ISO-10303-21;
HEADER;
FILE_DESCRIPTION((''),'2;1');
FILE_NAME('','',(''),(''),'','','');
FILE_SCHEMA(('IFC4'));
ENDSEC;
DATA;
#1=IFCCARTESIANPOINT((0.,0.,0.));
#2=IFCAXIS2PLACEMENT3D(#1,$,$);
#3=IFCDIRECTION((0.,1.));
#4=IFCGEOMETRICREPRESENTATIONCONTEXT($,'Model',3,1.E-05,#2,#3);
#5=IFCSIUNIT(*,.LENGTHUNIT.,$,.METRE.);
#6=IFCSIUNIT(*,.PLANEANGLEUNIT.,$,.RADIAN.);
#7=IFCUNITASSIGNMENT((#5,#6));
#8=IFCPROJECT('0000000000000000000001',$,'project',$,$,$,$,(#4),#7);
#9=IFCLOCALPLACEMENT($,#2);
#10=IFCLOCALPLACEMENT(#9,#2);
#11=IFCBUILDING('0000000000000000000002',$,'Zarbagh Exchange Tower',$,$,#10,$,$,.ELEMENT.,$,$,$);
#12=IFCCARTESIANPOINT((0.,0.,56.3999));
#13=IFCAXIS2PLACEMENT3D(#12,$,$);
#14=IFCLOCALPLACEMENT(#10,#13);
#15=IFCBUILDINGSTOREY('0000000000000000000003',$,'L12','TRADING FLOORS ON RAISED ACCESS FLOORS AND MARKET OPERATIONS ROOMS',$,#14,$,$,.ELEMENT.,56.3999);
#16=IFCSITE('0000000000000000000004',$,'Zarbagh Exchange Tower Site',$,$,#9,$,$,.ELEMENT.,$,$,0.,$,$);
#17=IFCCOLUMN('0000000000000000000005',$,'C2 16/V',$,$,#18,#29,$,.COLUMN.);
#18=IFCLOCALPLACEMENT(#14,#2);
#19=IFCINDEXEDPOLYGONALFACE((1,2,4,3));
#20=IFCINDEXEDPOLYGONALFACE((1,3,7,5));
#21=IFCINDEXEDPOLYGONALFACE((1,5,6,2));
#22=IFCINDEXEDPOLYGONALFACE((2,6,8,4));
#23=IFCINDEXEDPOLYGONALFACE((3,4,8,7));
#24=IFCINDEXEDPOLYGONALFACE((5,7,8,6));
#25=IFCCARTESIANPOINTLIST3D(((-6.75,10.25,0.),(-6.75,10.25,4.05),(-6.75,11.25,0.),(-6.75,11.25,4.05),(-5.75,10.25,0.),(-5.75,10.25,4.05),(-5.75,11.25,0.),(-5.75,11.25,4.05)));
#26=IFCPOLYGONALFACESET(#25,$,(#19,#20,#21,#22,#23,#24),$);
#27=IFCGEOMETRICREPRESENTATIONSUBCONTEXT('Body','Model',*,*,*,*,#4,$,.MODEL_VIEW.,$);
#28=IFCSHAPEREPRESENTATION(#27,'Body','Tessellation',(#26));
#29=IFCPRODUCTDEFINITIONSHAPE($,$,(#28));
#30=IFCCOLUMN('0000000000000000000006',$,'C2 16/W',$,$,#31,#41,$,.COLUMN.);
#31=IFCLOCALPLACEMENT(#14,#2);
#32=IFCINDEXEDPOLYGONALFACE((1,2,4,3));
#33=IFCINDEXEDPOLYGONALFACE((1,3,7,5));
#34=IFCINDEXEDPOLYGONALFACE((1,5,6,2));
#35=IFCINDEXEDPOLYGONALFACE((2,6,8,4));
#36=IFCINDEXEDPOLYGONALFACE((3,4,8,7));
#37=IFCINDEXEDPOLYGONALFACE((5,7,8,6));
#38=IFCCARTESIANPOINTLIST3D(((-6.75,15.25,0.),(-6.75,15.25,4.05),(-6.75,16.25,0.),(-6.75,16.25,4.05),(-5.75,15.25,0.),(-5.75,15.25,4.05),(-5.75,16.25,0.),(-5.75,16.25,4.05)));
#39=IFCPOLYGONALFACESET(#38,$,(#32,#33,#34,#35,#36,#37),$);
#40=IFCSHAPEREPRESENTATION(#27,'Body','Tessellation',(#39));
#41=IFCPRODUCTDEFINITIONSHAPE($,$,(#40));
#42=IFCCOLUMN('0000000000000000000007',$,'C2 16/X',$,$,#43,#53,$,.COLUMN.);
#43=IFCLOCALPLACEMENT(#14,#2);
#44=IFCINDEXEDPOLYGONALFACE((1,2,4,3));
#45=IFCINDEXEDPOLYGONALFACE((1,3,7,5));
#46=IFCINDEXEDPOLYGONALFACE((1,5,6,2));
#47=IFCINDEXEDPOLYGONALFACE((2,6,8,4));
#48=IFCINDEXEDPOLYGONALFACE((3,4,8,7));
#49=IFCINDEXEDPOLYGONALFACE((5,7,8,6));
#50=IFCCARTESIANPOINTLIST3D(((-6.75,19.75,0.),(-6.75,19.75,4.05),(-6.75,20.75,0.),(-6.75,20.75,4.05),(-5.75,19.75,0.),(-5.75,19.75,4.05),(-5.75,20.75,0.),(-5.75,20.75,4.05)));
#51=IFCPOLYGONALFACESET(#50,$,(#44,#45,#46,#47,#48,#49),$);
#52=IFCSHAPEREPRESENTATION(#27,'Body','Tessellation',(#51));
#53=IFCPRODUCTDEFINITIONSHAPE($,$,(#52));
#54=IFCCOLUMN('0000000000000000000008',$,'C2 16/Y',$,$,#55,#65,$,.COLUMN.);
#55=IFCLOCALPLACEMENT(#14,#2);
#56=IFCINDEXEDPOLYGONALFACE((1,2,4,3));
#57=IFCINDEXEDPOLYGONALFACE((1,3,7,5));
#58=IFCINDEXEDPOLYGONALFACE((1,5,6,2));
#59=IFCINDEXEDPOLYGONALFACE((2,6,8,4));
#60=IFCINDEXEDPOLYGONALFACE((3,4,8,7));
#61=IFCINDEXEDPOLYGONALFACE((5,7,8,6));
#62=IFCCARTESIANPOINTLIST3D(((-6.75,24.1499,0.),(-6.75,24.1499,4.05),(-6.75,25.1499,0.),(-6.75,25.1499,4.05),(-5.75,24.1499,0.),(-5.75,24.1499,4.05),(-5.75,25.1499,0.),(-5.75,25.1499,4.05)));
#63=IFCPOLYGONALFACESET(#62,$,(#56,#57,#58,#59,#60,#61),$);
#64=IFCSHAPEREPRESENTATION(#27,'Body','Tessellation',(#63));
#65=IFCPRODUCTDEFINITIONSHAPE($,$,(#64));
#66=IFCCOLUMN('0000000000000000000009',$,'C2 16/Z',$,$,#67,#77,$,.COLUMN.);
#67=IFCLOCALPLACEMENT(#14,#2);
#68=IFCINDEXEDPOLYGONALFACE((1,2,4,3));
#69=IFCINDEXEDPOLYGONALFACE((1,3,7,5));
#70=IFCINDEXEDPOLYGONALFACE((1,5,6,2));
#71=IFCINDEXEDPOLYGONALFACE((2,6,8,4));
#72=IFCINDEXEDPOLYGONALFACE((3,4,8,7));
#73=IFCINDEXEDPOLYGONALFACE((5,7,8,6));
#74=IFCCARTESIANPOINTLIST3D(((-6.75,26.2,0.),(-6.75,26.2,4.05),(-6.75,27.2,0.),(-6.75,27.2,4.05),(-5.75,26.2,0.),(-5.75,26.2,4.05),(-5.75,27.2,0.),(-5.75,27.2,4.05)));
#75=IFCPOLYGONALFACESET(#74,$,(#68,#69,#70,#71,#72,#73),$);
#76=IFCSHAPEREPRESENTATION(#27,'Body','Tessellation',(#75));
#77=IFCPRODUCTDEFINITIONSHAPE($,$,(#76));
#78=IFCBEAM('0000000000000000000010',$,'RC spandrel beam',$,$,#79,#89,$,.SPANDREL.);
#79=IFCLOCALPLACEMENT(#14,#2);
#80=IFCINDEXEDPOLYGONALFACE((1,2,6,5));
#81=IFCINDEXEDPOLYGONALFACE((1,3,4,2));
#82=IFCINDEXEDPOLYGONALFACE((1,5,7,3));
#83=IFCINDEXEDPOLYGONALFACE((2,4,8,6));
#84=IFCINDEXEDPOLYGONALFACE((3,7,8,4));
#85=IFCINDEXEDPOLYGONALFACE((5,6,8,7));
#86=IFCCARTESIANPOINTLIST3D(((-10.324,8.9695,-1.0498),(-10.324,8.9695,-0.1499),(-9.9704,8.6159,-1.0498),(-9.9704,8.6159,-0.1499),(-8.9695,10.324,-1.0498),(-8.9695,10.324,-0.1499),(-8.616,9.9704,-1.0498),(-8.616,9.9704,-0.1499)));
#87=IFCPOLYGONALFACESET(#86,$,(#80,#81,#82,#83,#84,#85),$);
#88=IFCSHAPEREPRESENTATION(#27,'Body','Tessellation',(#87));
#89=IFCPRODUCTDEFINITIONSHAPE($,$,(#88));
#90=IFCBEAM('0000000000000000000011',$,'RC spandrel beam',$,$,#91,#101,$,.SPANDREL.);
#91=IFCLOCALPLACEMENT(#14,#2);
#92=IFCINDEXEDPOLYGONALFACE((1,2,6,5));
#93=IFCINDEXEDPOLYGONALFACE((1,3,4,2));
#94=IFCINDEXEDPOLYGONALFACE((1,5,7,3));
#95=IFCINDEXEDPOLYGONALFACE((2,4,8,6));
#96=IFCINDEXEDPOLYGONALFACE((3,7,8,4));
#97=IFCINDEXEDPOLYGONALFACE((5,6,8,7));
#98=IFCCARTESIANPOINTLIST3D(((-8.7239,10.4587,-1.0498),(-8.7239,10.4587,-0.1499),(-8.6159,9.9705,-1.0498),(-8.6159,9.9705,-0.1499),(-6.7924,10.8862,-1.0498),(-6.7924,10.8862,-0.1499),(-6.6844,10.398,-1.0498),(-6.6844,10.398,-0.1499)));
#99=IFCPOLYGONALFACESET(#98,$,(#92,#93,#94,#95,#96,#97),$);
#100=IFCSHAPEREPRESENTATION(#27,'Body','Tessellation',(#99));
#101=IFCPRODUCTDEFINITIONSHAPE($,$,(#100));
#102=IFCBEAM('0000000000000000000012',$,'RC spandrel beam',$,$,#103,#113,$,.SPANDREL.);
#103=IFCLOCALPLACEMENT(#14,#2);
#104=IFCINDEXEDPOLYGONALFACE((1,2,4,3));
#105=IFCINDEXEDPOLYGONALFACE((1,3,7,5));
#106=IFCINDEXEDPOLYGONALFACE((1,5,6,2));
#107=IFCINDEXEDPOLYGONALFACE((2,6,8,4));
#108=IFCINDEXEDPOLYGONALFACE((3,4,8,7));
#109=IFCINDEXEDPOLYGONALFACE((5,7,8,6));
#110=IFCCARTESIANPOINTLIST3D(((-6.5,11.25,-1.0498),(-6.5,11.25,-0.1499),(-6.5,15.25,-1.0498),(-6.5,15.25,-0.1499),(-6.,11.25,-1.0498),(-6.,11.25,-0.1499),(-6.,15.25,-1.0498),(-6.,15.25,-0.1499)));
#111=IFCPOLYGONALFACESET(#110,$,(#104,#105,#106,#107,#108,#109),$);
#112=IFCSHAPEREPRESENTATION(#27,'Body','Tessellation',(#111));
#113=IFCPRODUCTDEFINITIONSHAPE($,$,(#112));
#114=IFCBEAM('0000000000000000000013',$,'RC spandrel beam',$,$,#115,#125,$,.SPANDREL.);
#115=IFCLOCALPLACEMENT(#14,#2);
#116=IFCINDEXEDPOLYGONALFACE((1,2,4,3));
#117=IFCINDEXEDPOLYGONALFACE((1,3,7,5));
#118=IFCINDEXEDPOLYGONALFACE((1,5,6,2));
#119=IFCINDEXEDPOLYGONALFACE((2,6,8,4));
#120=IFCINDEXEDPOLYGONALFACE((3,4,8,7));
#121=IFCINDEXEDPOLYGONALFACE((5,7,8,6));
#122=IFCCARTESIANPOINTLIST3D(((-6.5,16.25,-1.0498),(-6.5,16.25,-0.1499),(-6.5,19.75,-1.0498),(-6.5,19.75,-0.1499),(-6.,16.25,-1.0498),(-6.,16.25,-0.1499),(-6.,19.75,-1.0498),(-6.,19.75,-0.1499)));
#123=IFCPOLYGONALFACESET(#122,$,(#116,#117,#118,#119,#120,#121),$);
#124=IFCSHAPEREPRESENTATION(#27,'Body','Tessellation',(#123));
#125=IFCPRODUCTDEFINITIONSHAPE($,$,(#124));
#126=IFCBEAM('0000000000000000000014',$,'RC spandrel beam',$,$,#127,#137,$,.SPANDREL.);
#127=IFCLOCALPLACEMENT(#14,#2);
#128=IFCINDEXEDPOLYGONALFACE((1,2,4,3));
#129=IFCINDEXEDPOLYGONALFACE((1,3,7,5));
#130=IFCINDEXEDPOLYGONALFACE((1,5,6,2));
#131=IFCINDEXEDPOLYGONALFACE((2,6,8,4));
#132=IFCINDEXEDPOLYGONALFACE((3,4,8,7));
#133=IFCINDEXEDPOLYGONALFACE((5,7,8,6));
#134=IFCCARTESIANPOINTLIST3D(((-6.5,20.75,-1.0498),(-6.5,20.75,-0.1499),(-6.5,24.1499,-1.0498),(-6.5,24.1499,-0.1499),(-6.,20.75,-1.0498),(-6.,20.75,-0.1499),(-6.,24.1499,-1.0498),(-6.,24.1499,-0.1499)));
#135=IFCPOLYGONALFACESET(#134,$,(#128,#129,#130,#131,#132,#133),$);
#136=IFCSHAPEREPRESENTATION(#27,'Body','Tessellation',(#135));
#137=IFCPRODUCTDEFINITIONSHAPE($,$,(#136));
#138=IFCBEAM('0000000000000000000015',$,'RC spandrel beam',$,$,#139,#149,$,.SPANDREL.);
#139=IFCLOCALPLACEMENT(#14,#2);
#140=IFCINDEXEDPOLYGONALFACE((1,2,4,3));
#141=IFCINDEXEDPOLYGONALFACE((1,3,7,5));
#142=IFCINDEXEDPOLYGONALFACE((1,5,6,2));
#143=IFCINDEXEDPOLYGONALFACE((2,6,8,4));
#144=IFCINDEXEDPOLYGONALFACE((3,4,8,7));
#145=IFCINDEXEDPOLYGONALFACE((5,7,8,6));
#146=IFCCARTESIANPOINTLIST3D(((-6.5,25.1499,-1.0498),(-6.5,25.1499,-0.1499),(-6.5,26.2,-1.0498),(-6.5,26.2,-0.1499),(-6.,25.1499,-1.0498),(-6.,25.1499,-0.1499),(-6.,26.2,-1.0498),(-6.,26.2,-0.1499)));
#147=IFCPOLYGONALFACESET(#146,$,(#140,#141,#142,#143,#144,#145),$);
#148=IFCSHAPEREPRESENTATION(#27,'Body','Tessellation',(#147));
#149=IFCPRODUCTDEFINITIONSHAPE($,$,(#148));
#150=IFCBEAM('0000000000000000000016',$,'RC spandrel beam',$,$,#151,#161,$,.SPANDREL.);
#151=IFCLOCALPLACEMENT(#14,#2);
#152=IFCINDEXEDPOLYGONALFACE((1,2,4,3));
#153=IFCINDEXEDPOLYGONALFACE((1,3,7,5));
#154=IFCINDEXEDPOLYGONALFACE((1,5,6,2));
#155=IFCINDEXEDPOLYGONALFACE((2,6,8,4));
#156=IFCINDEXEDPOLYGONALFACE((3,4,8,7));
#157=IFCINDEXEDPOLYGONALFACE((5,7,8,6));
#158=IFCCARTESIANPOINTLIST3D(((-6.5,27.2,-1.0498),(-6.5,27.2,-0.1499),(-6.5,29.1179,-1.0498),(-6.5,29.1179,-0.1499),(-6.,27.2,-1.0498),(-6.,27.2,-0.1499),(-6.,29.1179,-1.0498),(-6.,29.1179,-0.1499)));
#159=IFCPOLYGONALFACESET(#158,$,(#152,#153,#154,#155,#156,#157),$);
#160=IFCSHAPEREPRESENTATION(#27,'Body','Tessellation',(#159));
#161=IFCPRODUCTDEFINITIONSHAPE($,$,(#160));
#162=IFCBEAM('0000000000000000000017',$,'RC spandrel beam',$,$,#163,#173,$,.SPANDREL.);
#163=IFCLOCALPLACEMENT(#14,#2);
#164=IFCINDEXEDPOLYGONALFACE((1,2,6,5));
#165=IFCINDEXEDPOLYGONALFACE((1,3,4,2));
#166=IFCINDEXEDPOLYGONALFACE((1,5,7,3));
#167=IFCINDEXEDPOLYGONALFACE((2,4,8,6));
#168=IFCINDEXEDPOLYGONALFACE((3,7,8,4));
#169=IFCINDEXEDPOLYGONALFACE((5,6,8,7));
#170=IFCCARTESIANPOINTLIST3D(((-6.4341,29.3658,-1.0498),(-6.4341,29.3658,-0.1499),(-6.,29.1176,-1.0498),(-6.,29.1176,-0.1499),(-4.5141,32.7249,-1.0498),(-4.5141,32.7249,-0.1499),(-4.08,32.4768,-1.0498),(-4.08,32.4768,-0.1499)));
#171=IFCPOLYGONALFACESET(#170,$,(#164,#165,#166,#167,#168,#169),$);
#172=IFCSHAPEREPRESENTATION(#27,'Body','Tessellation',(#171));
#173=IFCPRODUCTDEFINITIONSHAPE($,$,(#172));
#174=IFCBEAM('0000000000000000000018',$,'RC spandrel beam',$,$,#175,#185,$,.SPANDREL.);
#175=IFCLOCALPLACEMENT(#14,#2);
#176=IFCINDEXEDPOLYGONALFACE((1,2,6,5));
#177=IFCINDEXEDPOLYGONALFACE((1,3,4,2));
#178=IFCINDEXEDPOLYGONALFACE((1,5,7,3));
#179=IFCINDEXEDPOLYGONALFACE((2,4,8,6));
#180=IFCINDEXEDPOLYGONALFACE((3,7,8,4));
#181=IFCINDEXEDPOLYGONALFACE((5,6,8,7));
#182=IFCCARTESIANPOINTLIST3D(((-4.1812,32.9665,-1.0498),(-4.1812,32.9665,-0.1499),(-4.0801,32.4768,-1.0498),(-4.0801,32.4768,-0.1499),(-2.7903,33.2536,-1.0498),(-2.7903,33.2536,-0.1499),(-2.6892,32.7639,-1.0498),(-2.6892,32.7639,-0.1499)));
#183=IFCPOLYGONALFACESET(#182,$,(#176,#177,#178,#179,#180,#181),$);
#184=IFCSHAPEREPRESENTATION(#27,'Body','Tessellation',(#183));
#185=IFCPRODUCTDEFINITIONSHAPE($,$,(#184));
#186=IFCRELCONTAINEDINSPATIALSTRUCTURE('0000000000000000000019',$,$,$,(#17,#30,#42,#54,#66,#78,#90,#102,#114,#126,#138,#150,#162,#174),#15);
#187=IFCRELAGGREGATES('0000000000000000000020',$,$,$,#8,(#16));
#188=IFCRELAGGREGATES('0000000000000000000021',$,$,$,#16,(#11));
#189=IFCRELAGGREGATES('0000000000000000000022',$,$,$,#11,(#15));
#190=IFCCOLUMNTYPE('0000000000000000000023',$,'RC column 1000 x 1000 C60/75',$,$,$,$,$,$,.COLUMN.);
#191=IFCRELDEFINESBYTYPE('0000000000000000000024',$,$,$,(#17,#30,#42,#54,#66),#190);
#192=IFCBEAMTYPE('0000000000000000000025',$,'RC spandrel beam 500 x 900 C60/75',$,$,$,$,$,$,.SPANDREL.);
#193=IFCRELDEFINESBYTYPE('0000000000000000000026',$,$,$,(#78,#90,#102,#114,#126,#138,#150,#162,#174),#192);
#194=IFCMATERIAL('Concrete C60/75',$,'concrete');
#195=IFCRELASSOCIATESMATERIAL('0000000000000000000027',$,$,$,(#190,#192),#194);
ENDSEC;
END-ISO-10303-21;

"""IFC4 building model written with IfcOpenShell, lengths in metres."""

from ifc_helpers import new_model, si_unit, direction, frame, origin, origin_2d, place, context, subcontext, project, spatial, rectangle, extrude, material, material_profile, profile_set, type_object, element, save


model = new_model("IFC4")

# Units and contexts
model_context = context("Model", 3, precision=1e-05, world=origin(), true_north=direction((0.0, 1.0)))
body_context = subcontext(model_context, "Body", "Model", "MODEL_VIEW")
ifc_project = project(units=[si_unit("LENGTHUNIT", "METRE"), si_unit("PLANEANGLEUNIT", "RADIAN")], contexts=[model_context])

# Site, building, storey
site_placement = place(None, origin())
site = spatial("IfcSite", under=ifc_project, at=site_placement, Name="Zarbagh Exchange Tower Site", CompositionType="ELEMENT", RefElevation=0.0)
building_placement = place(site_placement, origin())
building = spatial("IfcBuilding", under=site, at=building_placement, Name="Zarbagh Exchange Tower", CompositionType="ELEMENT")
storey_placement = place(building_placement, frame((0.0, 0.0, 56.3999)))
storey = spatial("IfcBuildingStorey", under=building, at=storey_placement, Name="L12", Description="TRADING FLOORS ON RAISED ACCESS FLOORS AND MARKET OPERATIONS ROOMS", CompositionType="ELEMENT", Elevation=56.3999)

# Columns
ifc_material_1 = material(Name="Concrete C60/75", Category="concrete")
ifc_material_profile_1 = material_profile(ifc_material_1, rectangle(XDim=1.0, YDim=1.0, at=origin_2d()), Name="RC column 1000 x 1000 C60/75")
ifc_profile_set_1 = profile_set([ifc_material_profile_1], Name="Concrete C60/75")
column_type = type_object("IfcColumnType", Name="RC column 1000 x 1000 C60/75", PredefinedType="COLUMN", material=ifc_profile_set_1)
for number, where, z_axis, x_axis, name in (
    (1, (-6.25, 10.75, 0.0), (0.0, 0.0, 1.0), (1.0, 0.0, 0.0), "C2 16/V"),
    (2, (-6.25, 15.75, 0.0), (0.0, 0.0, 1.0), (1.0, 0.0, 0.0), "C2 16/W"),
    (3, (-6.25, 20.25, 0.0), (0.0, 0.0, 1.0), (1.0, 0.0, 0.0), "C2 16/X"),
    (4, (-6.25, 24.6499, 0.0), (0.0, 0.0, 1.0), (1.0, 0.0, 0.0), "C2 16/Y"),
    (5, (-6.25, 26.7, 0.0), (0.0, 0.0, 1.0), (1.0, 0.0, 0.0), "C2 16/Z"),
):
    element("IfcColumn", number, at=place(storey_placement, frame(where, z_axis=z_axis, x_axis=x_axis)), inside=storey, type_object=column_type, Name=name, PredefinedType="COLUMN", context=body_context, shape_type="SweptSolid", body=[
        extrude(rectangle(XDim=1.0, YDim=1.0, at=origin_2d()), origin(), (0.0, 0.0, 1.0), 4.05),
    ])

# Beams
ifc_material_profile_2 = material_profile(ifc_material_1, rectangle(XDim=0.5, YDim=0.8999, at=origin_2d()), Name="RC spandrel beam 500 x 900 C60/75")
ifc_profile_set_2 = profile_set([ifc_material_profile_2], Name="Concrete C60/75")
beam_type = type_object("IfcBeamType", Name="RC spandrel beam 500 x 900 C60/75", PredefinedType="SPANDREL", material=ifc_profile_set_2)
beam_1_placement = place(storey_placement, frame((-10.1472, 8.7927, -0.5999), z_axis=(0.707107, 0.707107, 0.0), x_axis=(-0.707107, 0.707107, 0.0)))
element("IfcBeam", 6, at=beam_1_placement, inside=storey, type_object=beam_type, Name="RC spandrel beam", PredefinedType="SPANDREL", context=body_context, shape_type="SweptSolid", body=[
    extrude(rectangle(XDim=0.5, YDim=0.8999, at=origin_2d()), origin(), (0.0, 0.0, 1.0), 1.9155),
])
beam_2_placement = place(storey_placement, frame((-8.6699, 10.2146, -0.5999), z_axis=(0.976375, 0.216081, 0.0), x_axis=(-0.216081, 0.976375, 0.0)))
element("IfcBeam", 7, at=beam_2_placement, inside=storey, type_object=beam_type, Name="RC spandrel beam", PredefinedType="SPANDREL", context=body_context, shape_type="SweptSolid", body=[
    extrude(rectangle(XDim=0.5, YDim=0.8999, at=origin_2d()), origin(), (0.0, 0.0, 1.0), 1.9783),
])
beam_3_placement = place(storey_placement, frame((-6.25, 11.25, -0.5999), z_axis=(0.0, 1.0, 0.0), x_axis=(-1.0, 0.0, 0.0)))
element("IfcBeam", 8, at=beam_3_placement, inside=storey, type_object=beam_type, Name="RC spandrel beam", PredefinedType="SPANDREL", context=body_context, shape_type="SweptSolid", body=[
    extrude(rectangle(XDim=0.5, YDim=0.8999, at=origin_2d()), origin(), (0.0, 0.0, 1.0), 4.0),
])
beam_4_placement = place(storey_placement, frame((-6.25, 16.25, -0.5999), z_axis=(0.0, 1.0, 0.0), x_axis=(-1.0, 0.0, 0.0)))
element("IfcBeam", 9, at=beam_4_placement, inside=storey, type_object=beam_type, Name="RC spandrel beam", PredefinedType="SPANDREL", context=body_context, shape_type="SweptSolid", body=[
    extrude(rectangle(XDim=0.5, YDim=0.8999, at=origin_2d()), origin(), (0.0, 0.0, 1.0), 3.5),
])
beam_5_placement = place(storey_placement, frame((-6.25, 20.75, -0.5999), z_axis=(0.0, 1.0, 0.0), x_axis=(-1.0, 0.0, 0.0)))
element("IfcBeam", 10, at=beam_5_placement, inside=storey, type_object=beam_type, Name="RC spandrel beam", PredefinedType="SPANDREL", context=body_context, shape_type="SweptSolid", body=[
    extrude(rectangle(XDim=0.5, YDim=0.8999, at=origin_2d()), origin(), (0.0, 0.0, 1.0), 3.3999),
])
beam_6_placement = place(storey_placement, frame((-6.25, 25.1499, -0.5999), z_axis=(0.0, 1.0, 0.0), x_axis=(-1.0, 0.0, 0.0)))
element("IfcBeam", 11, at=beam_6_placement, inside=storey, type_object=beam_type, Name="RC spandrel beam", PredefinedType="SPANDREL", context=body_context, shape_type="SweptSolid", body=[
    extrude(rectangle(XDim=0.5, YDim=0.8999, at=origin_2d()), origin(), (0.0, 0.0, 1.0), 1.05),
])
beam_7_placement = place(storey_placement, frame((-6.25, 27.2, -0.5999), z_axis=(0.0, 1.0, 0.0), x_axis=(-1.0, 0.0, 0.0)))
element("IfcBeam", 12, at=beam_7_placement, inside=storey, type_object=beam_type, Name="RC spandrel beam", PredefinedType="SPANDREL", context=body_context, shape_type="SweptSolid", body=[
    extrude(rectangle(XDim=0.5, YDim=0.8999, at=origin_2d()), origin(), (0.0, 0.0, 1.0), 1.918),
])
beam_8_placement = place(storey_placement, frame((-6.217, 29.2417, -0.5999), z_axis=(0.49622, 0.868197, 0.0), x_axis=(-0.868197, 0.49622, 0.0)))
element("IfcBeam", 13, at=beam_8_placement, inside=storey, type_object=beam_type, Name="RC spandrel beam", PredefinedType="SPANDREL", context=body_context, shape_type="SweptSolid", body=[
    extrude(rectangle(XDim=0.5, YDim=0.8999, at=origin_2d()), origin(), (0.0, 0.0, 1.0), 3.8691),
])
beam_9_placement = place(storey_placement, frame((-4.1306, 32.7217, -0.5999), z_axis=(0.979352, 0.202162, 0.0), x_axis=(-0.202162, 0.979352, 0.0)))
element("IfcBeam", 14, at=beam_9_placement, inside=storey, type_object=beam_type, Name="RC spandrel beam", PredefinedType="SPANDREL", context=body_context, shape_type="SweptSolid", body=[
    extrude(rectangle(XDim=0.5, YDim=0.8999, at=origin_2d()), origin(), (0.0, 0.0, 1.0), 1.4202),
])

save(model, "model.ifc")
